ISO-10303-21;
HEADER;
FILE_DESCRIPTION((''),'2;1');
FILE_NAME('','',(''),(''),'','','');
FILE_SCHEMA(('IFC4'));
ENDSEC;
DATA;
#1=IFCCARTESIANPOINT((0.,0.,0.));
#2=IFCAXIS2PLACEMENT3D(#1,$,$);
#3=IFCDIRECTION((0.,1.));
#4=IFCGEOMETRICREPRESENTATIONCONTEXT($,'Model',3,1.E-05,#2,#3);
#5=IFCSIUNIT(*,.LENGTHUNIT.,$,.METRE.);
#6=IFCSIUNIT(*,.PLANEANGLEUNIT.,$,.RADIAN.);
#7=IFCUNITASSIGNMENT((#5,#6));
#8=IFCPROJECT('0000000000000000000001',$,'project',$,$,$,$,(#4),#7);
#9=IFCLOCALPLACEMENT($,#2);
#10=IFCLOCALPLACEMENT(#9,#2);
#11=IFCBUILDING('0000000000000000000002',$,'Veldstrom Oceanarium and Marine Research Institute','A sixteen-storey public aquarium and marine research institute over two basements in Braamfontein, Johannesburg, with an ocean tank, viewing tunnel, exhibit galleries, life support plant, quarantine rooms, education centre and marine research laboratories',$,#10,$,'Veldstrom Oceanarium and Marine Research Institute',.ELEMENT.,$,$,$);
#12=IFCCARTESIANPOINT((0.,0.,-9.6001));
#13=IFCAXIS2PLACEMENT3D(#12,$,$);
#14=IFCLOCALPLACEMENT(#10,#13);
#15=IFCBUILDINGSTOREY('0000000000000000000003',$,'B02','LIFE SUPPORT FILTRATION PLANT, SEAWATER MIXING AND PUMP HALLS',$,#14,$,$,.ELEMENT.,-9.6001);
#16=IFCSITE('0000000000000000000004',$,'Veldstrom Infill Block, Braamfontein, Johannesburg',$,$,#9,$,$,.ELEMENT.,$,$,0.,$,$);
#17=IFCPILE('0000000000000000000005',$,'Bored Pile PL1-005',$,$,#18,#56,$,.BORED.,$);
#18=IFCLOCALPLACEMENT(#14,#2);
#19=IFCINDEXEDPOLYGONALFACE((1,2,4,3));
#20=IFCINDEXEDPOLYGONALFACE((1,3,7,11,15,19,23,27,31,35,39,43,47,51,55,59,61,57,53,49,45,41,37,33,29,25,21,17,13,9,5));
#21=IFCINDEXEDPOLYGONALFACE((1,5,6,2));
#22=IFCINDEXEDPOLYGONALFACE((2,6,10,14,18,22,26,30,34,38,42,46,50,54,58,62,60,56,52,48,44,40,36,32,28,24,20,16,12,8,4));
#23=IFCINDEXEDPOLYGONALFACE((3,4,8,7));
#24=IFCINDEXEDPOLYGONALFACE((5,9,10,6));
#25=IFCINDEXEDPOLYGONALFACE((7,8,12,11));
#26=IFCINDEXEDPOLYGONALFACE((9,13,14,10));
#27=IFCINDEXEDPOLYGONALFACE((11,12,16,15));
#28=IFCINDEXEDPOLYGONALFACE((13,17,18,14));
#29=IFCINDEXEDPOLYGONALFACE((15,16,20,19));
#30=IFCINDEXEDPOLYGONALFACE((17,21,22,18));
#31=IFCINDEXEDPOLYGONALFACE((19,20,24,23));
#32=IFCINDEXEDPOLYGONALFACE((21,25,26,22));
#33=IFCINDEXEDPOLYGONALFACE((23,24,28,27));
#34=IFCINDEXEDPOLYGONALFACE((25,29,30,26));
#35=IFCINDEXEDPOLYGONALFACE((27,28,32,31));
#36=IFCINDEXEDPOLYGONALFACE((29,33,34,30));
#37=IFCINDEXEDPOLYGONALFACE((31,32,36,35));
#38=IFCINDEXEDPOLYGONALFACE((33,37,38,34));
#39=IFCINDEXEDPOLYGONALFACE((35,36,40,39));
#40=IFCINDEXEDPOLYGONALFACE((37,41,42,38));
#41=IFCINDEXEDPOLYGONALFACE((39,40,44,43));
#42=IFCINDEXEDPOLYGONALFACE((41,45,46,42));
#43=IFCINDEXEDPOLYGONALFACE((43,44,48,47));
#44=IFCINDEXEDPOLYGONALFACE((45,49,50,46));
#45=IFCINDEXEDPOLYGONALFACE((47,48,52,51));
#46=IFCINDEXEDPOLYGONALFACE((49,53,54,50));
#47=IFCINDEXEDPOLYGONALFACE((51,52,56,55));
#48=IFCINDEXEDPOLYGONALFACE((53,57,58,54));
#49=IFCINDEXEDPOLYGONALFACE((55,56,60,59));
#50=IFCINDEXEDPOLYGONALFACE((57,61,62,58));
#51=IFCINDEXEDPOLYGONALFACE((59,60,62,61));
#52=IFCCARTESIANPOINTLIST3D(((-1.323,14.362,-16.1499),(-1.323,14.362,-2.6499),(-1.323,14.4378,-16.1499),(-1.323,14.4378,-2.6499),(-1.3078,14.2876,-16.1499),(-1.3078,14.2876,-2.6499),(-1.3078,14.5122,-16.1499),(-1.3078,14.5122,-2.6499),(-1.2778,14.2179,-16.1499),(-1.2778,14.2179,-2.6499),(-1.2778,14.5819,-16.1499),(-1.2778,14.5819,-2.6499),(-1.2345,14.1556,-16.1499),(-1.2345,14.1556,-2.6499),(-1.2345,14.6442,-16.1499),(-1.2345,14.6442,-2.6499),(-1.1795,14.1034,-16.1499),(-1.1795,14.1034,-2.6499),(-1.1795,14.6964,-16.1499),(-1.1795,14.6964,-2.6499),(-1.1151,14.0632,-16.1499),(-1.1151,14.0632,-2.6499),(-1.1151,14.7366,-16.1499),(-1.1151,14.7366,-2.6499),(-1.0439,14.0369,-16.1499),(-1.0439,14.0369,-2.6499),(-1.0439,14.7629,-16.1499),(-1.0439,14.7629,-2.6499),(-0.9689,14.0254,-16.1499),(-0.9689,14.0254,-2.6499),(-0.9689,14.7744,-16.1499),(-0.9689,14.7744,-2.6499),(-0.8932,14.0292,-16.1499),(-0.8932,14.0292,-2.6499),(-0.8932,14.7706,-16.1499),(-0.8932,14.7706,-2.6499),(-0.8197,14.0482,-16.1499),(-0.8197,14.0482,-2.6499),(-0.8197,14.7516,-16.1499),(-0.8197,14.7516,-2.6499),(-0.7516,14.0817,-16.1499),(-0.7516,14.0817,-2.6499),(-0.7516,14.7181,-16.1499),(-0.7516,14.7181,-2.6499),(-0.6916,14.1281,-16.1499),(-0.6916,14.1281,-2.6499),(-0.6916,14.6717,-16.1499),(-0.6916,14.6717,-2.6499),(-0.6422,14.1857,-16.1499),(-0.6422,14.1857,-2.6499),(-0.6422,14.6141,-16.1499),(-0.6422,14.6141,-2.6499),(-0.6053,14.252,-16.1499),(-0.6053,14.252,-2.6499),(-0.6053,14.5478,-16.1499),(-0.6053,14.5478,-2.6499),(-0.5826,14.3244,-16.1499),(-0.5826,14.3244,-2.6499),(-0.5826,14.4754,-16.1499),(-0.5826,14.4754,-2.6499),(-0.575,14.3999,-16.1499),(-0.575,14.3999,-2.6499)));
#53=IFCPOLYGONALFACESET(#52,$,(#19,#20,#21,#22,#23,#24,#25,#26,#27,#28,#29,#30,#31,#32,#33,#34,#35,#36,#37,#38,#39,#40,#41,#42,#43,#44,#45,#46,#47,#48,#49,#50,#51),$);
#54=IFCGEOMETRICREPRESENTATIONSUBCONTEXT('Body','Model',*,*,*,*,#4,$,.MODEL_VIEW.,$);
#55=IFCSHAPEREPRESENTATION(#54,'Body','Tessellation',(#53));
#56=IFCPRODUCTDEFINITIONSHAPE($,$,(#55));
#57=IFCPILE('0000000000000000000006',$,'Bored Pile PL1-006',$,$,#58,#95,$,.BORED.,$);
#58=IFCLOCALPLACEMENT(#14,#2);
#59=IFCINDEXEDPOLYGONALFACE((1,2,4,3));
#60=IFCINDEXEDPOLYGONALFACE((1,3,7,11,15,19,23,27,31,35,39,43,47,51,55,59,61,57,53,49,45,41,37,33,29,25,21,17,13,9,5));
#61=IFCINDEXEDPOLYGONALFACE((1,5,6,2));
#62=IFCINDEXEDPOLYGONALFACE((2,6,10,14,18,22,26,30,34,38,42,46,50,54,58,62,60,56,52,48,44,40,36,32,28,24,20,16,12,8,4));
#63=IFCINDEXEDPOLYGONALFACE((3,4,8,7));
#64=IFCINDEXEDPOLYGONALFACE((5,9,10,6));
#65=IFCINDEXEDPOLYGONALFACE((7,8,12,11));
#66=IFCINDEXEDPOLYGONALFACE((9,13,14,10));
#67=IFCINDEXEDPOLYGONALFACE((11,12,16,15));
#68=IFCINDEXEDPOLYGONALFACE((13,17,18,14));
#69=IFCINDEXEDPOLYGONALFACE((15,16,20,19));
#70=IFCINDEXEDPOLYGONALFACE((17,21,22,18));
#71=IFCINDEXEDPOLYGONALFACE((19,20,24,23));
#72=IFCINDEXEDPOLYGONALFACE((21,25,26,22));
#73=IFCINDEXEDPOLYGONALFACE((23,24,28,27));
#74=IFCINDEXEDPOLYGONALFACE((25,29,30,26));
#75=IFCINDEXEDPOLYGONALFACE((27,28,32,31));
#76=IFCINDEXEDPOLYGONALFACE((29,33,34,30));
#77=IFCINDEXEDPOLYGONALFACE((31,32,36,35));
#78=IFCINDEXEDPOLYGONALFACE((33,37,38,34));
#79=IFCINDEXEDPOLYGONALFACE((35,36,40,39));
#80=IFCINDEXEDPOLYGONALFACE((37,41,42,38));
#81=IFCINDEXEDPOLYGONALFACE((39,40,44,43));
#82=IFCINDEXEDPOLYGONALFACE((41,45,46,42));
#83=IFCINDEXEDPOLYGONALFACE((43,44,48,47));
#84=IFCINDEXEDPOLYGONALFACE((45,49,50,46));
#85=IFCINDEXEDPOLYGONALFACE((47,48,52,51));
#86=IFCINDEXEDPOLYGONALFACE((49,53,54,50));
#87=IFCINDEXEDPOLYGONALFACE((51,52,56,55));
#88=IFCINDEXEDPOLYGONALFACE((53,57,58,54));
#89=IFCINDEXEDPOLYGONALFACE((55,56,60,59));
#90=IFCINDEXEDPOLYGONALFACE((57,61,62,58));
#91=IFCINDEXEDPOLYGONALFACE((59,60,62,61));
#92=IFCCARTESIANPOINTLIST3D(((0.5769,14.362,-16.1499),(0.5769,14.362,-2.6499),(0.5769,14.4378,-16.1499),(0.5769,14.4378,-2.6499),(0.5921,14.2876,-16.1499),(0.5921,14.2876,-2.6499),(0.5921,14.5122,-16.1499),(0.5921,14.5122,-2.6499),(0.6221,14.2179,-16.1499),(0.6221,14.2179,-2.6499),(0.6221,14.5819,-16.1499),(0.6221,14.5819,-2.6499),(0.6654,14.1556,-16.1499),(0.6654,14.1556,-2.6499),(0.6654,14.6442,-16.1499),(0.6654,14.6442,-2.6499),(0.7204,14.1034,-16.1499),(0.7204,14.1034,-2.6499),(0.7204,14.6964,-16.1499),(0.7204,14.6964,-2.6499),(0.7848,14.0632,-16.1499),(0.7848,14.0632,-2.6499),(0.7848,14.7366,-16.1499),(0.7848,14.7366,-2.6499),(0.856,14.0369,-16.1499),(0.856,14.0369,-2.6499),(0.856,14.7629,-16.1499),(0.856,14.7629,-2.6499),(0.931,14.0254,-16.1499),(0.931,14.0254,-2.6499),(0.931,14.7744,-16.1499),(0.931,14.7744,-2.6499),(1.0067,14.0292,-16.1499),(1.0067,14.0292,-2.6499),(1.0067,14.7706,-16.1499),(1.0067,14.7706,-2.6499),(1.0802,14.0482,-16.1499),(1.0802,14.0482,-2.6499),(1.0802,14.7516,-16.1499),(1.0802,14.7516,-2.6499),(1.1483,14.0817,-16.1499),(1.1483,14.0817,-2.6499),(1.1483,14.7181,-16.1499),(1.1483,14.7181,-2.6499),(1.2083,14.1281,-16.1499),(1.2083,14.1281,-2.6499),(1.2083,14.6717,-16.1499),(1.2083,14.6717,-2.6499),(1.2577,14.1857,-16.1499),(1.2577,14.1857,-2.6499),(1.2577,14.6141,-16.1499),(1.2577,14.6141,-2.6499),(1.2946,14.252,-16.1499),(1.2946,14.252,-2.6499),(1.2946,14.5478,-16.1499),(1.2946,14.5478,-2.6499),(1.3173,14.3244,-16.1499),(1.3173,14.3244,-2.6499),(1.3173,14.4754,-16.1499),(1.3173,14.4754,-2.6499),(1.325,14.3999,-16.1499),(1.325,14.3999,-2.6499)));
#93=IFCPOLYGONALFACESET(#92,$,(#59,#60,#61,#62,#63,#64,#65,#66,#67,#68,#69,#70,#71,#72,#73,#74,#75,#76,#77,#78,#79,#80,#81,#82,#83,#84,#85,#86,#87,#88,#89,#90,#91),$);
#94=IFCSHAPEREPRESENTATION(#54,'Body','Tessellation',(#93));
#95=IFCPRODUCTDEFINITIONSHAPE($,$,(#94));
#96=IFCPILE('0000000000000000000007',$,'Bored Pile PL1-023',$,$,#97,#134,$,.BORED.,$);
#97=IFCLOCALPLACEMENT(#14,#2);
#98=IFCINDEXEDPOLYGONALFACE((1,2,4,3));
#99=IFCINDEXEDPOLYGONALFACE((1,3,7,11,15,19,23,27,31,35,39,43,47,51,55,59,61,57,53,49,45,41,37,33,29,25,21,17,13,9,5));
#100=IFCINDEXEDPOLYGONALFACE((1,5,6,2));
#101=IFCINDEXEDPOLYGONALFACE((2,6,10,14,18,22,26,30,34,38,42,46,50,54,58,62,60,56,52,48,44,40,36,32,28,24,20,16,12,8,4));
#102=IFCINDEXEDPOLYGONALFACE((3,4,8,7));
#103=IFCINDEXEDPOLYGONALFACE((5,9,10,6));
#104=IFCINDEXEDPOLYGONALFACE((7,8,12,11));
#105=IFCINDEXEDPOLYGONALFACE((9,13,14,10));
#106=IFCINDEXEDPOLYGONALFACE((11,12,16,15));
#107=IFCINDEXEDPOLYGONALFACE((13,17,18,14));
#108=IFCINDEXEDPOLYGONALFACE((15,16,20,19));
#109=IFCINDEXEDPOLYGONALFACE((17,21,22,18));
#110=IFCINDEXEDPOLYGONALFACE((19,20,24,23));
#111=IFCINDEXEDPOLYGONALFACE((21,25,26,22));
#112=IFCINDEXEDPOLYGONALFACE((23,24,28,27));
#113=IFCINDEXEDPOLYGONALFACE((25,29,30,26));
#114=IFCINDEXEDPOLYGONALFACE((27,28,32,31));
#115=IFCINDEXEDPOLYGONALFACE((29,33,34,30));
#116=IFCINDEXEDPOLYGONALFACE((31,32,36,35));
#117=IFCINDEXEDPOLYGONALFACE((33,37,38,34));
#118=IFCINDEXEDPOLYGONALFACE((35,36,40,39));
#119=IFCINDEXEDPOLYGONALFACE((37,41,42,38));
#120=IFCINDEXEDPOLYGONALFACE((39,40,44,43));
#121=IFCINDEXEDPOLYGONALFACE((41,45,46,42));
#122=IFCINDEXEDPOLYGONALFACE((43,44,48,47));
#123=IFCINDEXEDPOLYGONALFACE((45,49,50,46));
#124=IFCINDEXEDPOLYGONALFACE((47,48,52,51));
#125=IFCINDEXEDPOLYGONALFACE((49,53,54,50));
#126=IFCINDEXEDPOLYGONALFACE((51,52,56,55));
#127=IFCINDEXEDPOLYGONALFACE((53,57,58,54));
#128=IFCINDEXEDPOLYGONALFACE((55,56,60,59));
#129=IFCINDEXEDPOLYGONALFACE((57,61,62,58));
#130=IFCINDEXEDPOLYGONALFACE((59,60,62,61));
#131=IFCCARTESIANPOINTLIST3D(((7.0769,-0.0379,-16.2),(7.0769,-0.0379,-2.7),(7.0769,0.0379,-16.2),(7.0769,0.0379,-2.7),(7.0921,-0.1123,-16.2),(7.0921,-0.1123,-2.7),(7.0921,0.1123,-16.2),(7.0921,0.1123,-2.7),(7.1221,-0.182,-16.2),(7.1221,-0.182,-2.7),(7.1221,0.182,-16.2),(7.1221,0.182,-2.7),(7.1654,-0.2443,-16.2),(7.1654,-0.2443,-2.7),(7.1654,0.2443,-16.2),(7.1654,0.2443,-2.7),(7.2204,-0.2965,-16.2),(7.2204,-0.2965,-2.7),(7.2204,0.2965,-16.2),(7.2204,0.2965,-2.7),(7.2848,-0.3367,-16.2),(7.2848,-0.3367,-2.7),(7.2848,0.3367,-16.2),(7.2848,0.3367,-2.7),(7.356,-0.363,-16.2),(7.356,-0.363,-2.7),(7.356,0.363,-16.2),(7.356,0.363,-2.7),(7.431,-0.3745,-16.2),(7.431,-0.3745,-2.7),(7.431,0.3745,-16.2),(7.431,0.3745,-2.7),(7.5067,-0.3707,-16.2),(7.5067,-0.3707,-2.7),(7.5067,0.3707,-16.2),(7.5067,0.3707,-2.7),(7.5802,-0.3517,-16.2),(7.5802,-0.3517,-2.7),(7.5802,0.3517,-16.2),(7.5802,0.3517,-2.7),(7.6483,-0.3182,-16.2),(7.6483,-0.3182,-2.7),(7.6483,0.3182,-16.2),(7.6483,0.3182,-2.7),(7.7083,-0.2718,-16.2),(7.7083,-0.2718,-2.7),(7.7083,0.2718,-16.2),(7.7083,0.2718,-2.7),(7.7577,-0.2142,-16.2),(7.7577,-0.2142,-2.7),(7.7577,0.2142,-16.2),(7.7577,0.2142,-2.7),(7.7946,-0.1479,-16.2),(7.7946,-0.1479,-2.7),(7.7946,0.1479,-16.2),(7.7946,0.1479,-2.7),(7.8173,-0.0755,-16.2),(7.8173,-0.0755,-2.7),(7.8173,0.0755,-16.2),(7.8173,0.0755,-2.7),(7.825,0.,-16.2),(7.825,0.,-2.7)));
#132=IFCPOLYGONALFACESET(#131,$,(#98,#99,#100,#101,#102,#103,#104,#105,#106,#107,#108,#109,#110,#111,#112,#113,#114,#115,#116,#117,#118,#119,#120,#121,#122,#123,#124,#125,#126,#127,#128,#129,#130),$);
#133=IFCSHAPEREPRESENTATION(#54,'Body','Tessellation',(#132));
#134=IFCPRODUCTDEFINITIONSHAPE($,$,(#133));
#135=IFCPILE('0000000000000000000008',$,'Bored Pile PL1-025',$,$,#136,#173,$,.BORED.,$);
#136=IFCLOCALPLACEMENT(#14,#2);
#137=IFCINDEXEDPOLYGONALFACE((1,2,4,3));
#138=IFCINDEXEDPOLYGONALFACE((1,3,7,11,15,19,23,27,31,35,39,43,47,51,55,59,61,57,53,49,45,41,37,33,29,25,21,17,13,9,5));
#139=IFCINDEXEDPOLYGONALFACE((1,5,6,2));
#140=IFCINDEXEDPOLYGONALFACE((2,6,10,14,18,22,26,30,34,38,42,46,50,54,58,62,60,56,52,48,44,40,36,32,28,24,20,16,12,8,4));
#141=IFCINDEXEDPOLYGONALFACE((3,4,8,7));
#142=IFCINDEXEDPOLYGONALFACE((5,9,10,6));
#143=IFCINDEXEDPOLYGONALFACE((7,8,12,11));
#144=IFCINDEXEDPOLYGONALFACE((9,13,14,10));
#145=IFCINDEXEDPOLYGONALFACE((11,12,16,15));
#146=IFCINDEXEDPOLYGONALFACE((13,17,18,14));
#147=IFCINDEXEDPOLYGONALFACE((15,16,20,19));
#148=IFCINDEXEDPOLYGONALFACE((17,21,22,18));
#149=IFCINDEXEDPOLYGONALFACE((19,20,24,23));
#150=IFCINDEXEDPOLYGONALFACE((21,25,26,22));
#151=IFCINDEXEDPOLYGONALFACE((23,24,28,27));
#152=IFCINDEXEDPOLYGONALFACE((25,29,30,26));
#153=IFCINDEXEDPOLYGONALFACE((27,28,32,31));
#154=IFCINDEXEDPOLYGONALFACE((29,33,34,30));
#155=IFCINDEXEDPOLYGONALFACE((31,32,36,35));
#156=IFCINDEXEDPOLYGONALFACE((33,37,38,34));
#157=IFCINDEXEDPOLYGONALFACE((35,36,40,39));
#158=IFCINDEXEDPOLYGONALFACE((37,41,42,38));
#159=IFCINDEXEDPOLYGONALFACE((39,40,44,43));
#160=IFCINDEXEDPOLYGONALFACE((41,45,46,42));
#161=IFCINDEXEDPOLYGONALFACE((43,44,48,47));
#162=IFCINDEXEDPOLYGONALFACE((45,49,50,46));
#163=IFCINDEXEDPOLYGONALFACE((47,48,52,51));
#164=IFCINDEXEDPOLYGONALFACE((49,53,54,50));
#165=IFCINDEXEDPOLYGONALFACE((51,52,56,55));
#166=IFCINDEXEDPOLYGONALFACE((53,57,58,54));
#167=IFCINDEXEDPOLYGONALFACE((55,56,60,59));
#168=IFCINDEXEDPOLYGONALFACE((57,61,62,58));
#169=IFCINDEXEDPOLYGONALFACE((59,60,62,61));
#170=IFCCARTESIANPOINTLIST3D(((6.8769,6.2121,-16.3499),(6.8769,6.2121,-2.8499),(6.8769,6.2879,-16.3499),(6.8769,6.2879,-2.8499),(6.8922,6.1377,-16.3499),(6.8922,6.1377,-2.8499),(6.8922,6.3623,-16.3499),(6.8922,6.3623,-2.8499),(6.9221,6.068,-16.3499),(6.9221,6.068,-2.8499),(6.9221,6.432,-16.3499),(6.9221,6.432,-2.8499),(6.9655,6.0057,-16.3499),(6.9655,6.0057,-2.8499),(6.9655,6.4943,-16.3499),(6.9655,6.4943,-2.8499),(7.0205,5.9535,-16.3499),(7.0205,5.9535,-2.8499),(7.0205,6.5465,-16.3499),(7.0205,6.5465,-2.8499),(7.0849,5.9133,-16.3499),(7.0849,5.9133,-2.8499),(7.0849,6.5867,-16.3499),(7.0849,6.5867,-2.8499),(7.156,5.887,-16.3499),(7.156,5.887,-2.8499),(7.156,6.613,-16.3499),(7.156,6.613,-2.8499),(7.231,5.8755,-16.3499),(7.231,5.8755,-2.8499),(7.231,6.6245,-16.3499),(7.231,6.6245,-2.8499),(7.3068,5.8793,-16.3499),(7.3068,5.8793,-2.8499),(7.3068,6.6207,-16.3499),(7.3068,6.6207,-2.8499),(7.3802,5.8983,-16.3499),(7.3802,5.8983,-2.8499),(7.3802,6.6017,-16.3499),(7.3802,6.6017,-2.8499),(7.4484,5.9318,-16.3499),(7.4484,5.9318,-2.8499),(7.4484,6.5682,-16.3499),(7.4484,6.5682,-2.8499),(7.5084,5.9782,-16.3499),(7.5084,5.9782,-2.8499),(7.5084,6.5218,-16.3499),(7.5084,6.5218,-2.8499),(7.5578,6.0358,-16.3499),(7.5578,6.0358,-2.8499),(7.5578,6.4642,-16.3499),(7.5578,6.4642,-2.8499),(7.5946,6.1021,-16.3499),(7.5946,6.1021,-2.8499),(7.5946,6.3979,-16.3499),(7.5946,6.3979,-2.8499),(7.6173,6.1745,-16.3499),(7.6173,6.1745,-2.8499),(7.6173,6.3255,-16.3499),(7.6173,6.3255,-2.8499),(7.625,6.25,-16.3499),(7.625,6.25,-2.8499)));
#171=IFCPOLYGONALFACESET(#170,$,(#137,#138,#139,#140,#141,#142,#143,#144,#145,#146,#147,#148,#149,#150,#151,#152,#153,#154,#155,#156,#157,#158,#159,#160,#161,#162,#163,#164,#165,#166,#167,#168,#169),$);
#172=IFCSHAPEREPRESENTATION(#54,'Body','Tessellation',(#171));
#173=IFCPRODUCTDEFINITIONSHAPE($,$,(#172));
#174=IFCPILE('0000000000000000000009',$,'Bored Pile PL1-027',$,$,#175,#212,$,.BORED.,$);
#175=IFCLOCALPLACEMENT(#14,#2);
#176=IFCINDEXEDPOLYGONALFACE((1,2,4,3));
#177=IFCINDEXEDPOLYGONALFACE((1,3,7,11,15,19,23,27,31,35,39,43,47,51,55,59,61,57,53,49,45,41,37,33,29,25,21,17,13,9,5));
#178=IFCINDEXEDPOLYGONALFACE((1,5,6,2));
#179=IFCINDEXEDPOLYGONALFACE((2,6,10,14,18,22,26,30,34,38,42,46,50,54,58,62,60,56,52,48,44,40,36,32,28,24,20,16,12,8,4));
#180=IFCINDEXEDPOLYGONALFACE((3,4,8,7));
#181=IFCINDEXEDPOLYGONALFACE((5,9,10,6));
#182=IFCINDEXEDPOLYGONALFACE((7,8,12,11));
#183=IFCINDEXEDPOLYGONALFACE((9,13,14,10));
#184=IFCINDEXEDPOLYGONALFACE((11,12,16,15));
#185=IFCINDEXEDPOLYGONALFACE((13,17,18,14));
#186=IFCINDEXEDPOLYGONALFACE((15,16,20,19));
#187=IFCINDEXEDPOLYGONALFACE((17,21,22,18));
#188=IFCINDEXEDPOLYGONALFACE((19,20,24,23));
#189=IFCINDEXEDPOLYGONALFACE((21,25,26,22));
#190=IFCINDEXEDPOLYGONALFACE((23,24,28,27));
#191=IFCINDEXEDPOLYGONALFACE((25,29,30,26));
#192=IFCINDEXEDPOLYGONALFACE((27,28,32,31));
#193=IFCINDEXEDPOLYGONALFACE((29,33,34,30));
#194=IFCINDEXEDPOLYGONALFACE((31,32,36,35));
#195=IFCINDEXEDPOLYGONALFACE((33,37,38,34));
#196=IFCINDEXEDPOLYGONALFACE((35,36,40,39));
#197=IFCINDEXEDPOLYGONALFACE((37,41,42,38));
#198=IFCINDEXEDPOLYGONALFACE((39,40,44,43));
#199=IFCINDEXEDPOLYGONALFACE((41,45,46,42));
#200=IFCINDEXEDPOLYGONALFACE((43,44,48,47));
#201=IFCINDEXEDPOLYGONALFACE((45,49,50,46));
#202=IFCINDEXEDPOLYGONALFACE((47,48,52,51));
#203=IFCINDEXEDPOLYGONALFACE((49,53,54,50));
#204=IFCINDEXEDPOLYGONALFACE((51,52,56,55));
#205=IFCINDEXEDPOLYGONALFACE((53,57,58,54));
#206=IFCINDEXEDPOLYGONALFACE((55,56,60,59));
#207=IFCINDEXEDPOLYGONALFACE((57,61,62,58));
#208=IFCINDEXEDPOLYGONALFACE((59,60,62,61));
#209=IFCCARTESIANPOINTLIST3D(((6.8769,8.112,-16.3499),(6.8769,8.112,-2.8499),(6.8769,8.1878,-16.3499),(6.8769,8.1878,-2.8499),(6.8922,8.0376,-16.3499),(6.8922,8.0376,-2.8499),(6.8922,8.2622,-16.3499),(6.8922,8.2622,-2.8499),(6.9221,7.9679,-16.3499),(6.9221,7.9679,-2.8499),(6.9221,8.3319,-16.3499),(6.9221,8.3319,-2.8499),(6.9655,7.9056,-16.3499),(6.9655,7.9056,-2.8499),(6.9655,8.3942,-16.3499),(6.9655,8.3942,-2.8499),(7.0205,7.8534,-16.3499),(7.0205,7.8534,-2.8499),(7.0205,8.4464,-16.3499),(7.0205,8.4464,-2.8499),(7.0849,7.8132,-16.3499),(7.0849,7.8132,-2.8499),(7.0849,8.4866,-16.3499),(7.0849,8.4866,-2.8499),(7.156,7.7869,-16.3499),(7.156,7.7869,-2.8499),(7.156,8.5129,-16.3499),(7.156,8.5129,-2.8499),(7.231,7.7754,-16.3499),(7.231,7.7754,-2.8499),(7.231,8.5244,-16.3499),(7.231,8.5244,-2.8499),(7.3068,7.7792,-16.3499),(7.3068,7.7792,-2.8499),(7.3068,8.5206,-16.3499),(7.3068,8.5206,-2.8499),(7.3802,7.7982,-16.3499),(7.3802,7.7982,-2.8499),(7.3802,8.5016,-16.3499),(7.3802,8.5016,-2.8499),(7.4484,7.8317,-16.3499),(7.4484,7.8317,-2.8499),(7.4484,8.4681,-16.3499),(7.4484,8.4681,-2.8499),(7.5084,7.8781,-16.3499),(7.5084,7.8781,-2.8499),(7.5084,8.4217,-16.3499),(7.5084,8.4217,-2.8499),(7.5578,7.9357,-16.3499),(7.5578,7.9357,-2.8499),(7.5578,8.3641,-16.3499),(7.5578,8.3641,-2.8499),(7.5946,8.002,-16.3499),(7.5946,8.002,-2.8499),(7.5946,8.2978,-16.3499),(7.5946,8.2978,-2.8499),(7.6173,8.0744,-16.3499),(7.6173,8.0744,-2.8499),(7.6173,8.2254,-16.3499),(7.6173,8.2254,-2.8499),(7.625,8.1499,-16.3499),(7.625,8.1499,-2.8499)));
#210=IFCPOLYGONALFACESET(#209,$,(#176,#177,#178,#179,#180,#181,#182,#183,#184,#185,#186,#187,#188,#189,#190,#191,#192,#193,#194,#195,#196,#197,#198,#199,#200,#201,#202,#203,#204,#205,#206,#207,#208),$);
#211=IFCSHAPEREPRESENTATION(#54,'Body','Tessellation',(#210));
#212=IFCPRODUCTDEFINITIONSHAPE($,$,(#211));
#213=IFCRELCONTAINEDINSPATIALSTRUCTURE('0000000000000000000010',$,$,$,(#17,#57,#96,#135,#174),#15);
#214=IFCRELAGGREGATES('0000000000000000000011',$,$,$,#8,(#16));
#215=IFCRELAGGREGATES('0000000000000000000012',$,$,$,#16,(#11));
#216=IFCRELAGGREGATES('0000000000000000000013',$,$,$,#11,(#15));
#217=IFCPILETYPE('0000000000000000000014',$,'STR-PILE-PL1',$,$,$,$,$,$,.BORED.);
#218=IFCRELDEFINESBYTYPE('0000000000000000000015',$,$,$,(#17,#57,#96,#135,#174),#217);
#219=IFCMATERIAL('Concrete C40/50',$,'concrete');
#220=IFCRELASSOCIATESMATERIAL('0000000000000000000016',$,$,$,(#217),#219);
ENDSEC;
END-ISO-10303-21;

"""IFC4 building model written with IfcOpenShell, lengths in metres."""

from ifc_helpers import new_model, si_unit, direction, frame, origin, origin_2d, place, context, subcontext, project, spatial, circle, extrude, material, material_profile, profile_set, type_object, element, save


model = new_model("IFC4")

# Units and contexts
model_context = context("Model", 3, precision=1e-05, world=origin(), true_north=direction((0.0, 1.0)))
body_context = subcontext(model_context, "Body", "Model", "MODEL_VIEW")
ifc_project = project(units=[si_unit("LENGTHUNIT", "METRE"), si_unit("PLANEANGLEUNIT", "RADIAN")], contexts=[model_context])

# Site, building, storey
site_placement = place(None, origin())
site = spatial("IfcSite", under=ifc_project, at=site_placement, Name="Veldstrom Infill Block, Braamfontein, Johannesburg", CompositionType="ELEMENT", RefElevation=0.0)
building_placement = place(site_placement, origin())
building = spatial("IfcBuilding", under=site, at=building_placement, Name="Veldstrom Oceanarium and Marine Research Institute", Description="A sixteen-storey public aquarium and marine research institute over two basements in Braamfontein, Johannesburg, with an ocean tank, viewing tunnel, exhibit galleries, life support plant, quarantine rooms, education centre and marine research laboratories", LongName="Veldstrom Oceanarium and Marine Research Institute", CompositionType="ELEMENT")
storey_placement = place(building_placement, frame((0.0, 0.0, -9.6001)))
storey = spatial("IfcBuildingStorey", under=building, at=storey_placement, Name="B02", Description="LIFE SUPPORT FILTRATION PLANT, SEAWATER MIXING AND PUMP HALLS", CompositionType="ELEMENT", Elevation=-9.6001)

# Piles
ifc_material_1 = material(Name="Concrete C40/50", Category="concrete")
ifc_material_profile_1 = material_profile(ifc_material_1, circle(Radius=0.375, at=origin_2d()), Name="PILE-D750")
ifc_profile_set_1 = profile_set([ifc_material_profile_1], Name="Concrete C40/50")
pile_type = type_object("IfcPileType", Name="STR-PILE-PL1", PredefinedType="BORED", material=ifc_profile_set_1)
for number, where, z_axis, x_axis, name in (
    (1, (-0.95, 14.3999, -2.6499), (0.0, 0.0, -1.0), (1.0, 0.0, 0.0), "Bored Pile PL1-005"),
    (2, (0.95, 14.3999, -2.6499), (0.0, 0.0, -1.0), (1.0, 0.0, 0.0), "Bored Pile PL1-006"),
    (3, (7.45, 0.0, -2.7), (0.0, 0.0, -1.0), (1.0, 0.0, 0.0), "Bored Pile PL1-023"),
    (4, (7.25, 6.25, -2.8499), (0.0, 0.0, -1.0), (1.0, 0.0, 0.0), "Bored Pile PL1-025"),
    (5, (7.25, 8.1499, -2.8499), (0.0, 0.0, -1.0), (1.0, 0.0, 0.0), "Bored Pile PL1-027"),
):
    element("IfcPile", number, at=place(storey_placement, frame(where, z_axis=z_axis, x_axis=x_axis)), inside=storey, type_object=pile_type, Name=name, PredefinedType="BORED", context=body_context, shape_type="SweptSolid", body=[
        extrude(circle(Radius=0.375, at=origin_2d()), origin(), (0.0, 0.0, 1.0), 13.5),
    ])

save(model, "model.ifc")
